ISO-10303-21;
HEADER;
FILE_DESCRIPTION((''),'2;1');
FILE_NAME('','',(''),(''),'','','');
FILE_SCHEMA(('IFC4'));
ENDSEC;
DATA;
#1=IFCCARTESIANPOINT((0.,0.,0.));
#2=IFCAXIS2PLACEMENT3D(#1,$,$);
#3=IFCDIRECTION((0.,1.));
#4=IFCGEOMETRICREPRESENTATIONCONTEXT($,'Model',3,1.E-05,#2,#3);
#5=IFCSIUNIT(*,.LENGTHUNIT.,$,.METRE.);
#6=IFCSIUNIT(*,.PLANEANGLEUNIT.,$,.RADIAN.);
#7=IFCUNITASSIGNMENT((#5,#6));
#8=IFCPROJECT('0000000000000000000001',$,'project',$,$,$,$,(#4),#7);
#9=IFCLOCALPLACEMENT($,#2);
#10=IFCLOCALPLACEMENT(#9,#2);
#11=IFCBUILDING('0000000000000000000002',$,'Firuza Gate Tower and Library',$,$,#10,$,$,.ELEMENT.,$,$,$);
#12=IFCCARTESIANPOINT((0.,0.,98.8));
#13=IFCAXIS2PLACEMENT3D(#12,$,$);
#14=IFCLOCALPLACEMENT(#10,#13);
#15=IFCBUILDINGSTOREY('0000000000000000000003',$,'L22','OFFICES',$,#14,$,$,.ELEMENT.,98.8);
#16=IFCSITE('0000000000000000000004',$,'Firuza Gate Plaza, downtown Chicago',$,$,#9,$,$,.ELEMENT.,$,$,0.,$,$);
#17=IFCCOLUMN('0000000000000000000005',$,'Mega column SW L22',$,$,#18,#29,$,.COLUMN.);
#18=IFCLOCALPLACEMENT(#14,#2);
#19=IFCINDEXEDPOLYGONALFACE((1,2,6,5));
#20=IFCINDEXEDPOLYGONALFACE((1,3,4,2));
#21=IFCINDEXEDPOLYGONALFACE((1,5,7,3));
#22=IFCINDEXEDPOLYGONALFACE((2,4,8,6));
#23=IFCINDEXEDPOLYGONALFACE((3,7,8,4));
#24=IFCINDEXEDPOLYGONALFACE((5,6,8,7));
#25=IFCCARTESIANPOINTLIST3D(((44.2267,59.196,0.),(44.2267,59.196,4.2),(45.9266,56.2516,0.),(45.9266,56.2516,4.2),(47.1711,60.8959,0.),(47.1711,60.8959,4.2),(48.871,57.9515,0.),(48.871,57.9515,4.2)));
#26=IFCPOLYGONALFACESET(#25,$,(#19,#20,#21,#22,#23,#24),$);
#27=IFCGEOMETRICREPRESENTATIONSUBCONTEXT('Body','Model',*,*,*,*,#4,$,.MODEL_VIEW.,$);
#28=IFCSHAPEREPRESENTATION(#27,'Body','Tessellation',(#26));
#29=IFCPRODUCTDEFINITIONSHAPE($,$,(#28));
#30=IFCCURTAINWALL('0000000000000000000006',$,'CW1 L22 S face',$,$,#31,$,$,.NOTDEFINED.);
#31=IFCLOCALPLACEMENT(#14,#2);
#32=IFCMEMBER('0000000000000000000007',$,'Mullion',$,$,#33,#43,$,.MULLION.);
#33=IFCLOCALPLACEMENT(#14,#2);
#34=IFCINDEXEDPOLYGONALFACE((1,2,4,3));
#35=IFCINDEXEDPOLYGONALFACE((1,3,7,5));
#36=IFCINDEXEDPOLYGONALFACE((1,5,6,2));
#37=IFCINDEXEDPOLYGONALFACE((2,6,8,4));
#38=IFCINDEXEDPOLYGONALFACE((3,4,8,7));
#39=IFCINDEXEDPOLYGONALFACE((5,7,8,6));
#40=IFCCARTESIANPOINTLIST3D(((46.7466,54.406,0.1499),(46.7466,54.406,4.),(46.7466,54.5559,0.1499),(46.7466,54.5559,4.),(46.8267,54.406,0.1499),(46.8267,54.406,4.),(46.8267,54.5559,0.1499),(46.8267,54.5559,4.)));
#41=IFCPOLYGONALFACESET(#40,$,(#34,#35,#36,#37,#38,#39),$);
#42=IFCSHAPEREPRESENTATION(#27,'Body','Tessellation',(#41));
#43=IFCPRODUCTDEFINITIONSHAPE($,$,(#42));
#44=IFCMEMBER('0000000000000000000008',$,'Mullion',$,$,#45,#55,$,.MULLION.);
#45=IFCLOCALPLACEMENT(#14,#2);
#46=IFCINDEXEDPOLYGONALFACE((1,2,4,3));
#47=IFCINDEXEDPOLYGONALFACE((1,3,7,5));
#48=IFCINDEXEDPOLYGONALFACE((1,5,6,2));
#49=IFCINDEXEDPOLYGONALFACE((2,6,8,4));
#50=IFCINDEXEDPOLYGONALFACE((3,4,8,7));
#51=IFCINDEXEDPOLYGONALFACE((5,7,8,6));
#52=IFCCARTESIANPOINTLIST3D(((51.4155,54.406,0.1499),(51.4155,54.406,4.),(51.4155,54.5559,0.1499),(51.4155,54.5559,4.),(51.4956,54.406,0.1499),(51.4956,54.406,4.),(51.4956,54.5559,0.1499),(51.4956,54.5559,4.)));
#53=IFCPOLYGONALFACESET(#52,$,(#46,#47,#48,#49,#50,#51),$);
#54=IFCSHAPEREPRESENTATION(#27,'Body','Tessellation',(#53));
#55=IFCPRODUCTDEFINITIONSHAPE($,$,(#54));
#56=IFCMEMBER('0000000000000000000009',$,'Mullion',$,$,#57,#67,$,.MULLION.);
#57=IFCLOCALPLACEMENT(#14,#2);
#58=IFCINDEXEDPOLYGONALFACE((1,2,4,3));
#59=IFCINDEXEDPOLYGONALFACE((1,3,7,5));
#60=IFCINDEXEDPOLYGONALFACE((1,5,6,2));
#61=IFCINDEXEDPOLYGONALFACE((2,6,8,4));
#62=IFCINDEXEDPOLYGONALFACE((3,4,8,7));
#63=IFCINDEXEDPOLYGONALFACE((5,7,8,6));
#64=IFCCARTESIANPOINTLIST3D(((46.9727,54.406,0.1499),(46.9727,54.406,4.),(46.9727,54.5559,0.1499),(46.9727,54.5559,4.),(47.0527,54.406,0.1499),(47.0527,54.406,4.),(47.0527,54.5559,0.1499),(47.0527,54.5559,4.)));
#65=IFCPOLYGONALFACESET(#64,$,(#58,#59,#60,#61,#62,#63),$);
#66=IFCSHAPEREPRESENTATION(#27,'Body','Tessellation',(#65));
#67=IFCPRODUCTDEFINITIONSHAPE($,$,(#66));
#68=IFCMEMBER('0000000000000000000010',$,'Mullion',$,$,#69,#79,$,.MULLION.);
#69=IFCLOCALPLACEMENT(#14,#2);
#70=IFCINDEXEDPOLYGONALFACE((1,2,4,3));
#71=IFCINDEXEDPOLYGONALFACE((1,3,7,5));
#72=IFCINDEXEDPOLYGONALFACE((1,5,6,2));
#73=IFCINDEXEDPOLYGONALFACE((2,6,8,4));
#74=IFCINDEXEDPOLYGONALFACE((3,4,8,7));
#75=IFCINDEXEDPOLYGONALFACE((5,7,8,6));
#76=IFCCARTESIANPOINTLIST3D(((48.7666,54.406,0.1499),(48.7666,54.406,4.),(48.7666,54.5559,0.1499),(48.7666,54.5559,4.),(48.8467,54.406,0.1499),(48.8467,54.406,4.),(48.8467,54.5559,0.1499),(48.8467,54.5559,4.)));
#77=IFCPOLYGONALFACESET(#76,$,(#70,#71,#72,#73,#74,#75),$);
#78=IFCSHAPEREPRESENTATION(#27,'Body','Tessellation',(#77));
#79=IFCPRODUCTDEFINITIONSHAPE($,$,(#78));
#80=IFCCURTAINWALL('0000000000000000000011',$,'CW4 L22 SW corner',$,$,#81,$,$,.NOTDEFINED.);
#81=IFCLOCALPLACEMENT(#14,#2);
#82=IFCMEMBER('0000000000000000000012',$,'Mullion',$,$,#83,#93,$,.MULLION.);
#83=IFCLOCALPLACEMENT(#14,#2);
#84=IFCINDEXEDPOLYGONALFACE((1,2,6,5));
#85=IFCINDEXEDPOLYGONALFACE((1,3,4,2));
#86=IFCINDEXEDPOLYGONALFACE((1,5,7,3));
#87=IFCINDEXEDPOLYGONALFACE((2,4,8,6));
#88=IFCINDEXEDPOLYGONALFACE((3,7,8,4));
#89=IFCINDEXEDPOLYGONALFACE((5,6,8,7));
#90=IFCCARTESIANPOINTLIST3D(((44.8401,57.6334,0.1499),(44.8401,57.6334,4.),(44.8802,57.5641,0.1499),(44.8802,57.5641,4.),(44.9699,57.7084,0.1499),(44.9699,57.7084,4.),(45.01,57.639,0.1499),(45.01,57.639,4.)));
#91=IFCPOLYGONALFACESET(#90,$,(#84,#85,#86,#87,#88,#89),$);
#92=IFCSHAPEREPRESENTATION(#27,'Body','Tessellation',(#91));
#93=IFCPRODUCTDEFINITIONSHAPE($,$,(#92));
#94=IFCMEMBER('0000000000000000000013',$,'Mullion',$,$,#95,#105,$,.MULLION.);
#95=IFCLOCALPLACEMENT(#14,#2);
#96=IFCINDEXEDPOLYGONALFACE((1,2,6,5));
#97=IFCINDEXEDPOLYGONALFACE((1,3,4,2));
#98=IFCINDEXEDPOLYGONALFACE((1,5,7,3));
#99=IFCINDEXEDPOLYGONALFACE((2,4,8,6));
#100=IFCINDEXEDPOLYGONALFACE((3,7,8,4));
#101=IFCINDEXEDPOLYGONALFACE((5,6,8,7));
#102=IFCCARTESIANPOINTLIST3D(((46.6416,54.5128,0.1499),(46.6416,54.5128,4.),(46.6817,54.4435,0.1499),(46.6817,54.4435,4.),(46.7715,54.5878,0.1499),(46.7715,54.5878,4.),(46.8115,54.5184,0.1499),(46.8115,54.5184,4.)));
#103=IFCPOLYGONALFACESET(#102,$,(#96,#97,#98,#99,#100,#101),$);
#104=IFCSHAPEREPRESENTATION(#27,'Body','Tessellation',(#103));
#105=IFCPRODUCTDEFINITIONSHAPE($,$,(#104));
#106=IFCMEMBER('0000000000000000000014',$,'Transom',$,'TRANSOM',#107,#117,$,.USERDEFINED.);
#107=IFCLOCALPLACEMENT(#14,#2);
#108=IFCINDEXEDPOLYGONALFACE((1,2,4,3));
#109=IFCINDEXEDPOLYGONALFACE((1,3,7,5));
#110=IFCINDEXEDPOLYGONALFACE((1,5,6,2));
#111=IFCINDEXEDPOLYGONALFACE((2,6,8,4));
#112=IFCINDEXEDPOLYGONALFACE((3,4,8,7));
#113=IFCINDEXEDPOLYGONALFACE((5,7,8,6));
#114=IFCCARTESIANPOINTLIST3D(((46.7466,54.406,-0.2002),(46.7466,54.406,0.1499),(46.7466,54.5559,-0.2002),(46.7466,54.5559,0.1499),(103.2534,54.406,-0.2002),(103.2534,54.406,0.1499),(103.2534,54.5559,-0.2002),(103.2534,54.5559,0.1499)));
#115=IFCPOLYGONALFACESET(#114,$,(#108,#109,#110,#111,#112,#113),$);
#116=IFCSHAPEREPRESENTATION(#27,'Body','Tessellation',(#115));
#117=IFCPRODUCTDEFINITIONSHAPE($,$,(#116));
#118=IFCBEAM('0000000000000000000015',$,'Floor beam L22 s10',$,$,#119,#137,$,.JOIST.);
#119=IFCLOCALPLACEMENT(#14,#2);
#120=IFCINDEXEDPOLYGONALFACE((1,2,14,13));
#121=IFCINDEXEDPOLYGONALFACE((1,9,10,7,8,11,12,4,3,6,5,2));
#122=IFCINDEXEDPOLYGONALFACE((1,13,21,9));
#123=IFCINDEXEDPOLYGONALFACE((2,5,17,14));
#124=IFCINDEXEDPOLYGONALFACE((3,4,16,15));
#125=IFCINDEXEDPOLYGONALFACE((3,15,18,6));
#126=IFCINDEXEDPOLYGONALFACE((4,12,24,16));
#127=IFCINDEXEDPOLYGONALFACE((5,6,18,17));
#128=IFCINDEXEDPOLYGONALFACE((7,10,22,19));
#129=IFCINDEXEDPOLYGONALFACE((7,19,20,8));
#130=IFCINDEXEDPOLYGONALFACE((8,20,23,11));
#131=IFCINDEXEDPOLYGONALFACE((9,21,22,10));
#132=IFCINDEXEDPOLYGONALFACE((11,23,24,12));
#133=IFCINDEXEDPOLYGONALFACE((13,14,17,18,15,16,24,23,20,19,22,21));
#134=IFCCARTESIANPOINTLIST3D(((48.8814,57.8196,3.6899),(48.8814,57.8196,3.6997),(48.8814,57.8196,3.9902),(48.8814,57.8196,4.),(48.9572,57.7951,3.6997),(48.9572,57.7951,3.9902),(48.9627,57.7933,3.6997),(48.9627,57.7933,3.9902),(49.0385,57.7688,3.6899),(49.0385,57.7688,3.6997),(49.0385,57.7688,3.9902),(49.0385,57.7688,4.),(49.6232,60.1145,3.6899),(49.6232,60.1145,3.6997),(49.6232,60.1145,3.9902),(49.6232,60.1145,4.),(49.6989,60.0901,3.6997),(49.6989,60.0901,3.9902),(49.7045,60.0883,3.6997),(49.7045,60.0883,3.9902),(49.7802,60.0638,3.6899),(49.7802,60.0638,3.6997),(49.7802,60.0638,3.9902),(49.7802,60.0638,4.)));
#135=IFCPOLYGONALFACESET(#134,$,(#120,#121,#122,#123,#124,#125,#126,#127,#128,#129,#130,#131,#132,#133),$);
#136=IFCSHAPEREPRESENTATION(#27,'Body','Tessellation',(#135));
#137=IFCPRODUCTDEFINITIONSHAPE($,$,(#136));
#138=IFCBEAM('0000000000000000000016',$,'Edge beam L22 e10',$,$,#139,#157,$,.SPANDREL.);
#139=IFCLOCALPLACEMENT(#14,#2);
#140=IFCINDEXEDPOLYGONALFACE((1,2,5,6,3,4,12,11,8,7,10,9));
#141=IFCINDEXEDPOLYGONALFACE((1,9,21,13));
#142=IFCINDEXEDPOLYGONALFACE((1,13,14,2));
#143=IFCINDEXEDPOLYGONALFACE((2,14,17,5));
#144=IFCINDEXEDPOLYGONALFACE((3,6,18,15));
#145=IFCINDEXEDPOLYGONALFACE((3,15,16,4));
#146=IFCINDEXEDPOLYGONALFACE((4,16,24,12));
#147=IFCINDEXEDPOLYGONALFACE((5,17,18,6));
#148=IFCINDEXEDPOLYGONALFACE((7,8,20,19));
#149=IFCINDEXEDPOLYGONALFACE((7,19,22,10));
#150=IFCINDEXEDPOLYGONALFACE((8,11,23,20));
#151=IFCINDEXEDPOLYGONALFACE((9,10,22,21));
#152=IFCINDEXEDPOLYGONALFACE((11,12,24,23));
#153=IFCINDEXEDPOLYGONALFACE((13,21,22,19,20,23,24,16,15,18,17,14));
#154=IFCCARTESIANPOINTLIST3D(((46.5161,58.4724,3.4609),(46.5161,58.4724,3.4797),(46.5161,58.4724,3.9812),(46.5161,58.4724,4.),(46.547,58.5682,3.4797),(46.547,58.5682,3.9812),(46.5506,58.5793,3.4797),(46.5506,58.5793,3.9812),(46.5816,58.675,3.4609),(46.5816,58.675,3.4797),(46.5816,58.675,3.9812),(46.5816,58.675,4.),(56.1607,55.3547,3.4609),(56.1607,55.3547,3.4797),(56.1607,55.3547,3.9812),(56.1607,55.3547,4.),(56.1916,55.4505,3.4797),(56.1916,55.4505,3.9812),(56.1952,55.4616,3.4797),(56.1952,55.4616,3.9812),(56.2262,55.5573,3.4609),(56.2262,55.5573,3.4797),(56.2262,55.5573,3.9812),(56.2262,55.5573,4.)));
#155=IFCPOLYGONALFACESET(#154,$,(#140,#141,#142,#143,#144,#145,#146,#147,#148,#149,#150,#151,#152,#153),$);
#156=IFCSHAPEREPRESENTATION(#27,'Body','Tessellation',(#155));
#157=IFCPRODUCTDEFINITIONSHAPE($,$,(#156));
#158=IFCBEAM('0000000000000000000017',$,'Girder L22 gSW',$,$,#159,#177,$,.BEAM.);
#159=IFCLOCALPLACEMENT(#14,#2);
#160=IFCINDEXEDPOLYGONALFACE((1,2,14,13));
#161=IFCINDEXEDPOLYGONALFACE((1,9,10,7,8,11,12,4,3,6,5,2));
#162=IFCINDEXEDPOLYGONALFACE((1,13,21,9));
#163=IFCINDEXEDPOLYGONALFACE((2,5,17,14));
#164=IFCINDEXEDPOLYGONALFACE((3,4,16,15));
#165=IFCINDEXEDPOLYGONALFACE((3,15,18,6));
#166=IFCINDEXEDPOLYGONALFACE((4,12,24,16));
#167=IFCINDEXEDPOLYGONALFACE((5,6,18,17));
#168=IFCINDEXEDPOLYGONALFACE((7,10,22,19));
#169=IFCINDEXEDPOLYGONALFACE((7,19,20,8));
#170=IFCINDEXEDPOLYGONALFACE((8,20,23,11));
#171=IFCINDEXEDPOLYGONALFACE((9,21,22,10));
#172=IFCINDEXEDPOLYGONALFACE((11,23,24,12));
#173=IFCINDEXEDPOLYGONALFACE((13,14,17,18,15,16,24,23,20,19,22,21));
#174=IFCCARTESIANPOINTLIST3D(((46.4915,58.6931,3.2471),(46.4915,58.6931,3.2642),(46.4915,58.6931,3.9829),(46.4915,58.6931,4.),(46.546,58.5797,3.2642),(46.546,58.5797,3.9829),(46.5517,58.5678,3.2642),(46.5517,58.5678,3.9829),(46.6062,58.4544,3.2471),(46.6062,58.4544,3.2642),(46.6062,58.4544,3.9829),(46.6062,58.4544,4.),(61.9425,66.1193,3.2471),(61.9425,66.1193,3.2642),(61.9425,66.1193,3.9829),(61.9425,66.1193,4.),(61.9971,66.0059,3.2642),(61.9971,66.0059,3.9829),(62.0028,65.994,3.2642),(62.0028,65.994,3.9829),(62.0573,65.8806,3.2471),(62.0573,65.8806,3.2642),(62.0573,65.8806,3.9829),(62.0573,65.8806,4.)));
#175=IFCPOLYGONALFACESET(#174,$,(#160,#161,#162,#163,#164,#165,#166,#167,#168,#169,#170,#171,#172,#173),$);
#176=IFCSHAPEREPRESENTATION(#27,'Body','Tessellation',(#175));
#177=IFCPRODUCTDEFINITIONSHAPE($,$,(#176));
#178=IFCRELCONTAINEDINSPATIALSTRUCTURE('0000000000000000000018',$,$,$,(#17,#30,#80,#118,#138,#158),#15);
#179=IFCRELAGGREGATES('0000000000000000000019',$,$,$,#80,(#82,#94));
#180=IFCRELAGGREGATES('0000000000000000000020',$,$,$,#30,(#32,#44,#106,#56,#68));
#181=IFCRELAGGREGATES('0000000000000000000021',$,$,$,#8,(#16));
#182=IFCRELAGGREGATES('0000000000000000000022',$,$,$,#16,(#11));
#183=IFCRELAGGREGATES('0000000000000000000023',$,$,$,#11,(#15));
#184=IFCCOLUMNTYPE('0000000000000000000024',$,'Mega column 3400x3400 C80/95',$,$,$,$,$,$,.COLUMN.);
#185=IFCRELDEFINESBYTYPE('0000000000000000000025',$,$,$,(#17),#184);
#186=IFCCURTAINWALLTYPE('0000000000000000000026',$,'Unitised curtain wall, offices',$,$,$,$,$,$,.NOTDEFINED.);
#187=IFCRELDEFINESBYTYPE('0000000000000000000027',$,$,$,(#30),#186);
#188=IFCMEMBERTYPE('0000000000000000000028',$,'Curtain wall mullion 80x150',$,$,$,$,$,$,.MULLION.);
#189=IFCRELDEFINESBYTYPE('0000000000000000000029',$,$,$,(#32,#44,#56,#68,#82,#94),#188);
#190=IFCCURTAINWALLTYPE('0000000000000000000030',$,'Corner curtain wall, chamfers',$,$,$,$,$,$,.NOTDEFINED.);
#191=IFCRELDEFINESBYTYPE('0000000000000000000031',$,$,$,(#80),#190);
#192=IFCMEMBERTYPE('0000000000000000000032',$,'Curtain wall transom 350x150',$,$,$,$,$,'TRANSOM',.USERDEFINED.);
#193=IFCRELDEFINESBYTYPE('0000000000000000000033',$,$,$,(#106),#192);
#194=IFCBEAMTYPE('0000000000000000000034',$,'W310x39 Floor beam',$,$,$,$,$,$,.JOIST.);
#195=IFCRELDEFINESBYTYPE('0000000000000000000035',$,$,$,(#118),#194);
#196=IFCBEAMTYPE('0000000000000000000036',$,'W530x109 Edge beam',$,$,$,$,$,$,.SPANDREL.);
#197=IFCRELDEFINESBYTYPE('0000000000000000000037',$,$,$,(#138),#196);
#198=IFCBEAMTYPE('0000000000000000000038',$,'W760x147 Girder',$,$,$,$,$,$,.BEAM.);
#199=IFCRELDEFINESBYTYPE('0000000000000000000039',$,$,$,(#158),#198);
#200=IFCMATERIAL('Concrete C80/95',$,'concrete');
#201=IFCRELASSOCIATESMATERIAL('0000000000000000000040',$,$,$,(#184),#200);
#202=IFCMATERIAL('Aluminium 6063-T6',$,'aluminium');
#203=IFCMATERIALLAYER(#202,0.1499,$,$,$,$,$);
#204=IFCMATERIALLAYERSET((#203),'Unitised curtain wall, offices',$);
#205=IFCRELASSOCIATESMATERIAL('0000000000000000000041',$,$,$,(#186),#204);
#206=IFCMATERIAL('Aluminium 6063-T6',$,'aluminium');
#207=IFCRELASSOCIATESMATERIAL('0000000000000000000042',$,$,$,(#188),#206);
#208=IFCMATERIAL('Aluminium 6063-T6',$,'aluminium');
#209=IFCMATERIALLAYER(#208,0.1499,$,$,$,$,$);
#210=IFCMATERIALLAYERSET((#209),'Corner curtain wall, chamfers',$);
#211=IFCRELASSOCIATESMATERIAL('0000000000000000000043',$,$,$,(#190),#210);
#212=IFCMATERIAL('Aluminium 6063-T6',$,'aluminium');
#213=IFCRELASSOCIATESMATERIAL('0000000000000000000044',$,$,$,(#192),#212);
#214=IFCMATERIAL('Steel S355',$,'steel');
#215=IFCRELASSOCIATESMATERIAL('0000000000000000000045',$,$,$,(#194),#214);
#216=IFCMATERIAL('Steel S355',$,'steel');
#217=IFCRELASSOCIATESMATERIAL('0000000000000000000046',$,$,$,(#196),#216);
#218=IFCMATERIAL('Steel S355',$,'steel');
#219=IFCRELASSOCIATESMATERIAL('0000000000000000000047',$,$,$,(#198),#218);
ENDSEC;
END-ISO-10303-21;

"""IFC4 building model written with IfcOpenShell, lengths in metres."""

from ifc_helpers import new_model, si_unit, direction, frame, origin, origin_2d, place, context, subcontext, project, spatial, rectangle, i_section, extrude, material, layer, layer_set, material_profile, profile_set, type_object, element, aggregate, save


model = new_model("IFC4")

# Units and contexts
model_context = context("Model", 3, precision=1e-05, world=origin(), true_north=direction((0.0, 1.0)))
body_context = subcontext(model_context, "Body", "Model", "MODEL_VIEW")
ifc_project = project(units=[si_unit("LENGTHUNIT", "METRE"), si_unit("PLANEANGLEUNIT", "RADIAN")], contexts=[model_context])

# Site, building, storey
site_placement = place(None, origin())
site = spatial("IfcSite", under=ifc_project, at=site_placement, Name="Firuza Gate Plaza, downtown Chicago", CompositionType="ELEMENT", RefElevation=0.0)
building_placement = place(site_placement, origin())
building = spatial("IfcBuilding", under=site, at=building_placement, Name="Firuza Gate Tower and Library", CompositionType="ELEMENT")
storey_placement = place(building_placement, frame((0.0, 0.0, 98.8)))
storey = spatial("IfcBuildingStorey", under=building, at=storey_placement, Name="L22", Description="OFFICES", CompositionType="ELEMENT", Elevation=98.8)

# Column
ifc_material_1 = material(Name="Concrete C80/95", Category="concrete")
ifc_material_profile_1 = material_profile(ifc_material_1, rectangle(XDim=3.3999, YDim=3.3999, at=origin_2d()))
ifc_profile_set_1 = profile_set([ifc_material_profile_1], Name="Concrete C80/95")
column_type = type_object("IfcColumnType", Name="Mega column 3400x3400 C80/95", PredefinedType="COLUMN", material=ifc_profile_set_1)
column_placement = place(storey_placement, frame((46.5488, 58.5737, 0.0), z_axis=(0.0, 0.0, 1.0), x_axis=(0.5, -0.866025, 0.0)))
element("IfcColumn", 1, at=column_placement, inside=storey, type_object=column_type, Name="Mega column SW L22", PredefinedType="COLUMN", context=body_context, shape_type="SweptSolid", body=[
    extrude(rectangle(XDim=3.3999, YDim=3.3999, at=origin_2d()), origin(), (0.0, 0.0, 1.0), 4.2),
])

# Curtain walls, members
ifc_material_2 = material(Name="Aluminium 6063-T6", Category="aluminium")
ifc_layer_1 = layer(ifc_material_2, 0.1499)
ifc_layer_set_1 = layer_set([ifc_layer_1], Name="Unitised curtain wall, offices")
curtain_wall_type_1 = type_object("IfcCurtainWallType", Name="Unitised curtain wall, offices", PredefinedType="NOTDEFINED", material=ifc_layer_set_1)
placement_1 = place(storey_placement, origin())
curtain_wall_1 = element("IfcCurtainWall", 2, at=placement_1, inside=storey, type_object=curtain_wall_type_1, Name="CW1 L22 S face", PredefinedType="NOTDEFINED")
ifc_material_3 = material(Name="Aluminium 6063-T6", Category="aluminium")
ifc_material_profile_2 = material_profile(ifc_material_3, rectangle(XDim=0.1499, YDim=0.0801, at=origin_2d()))
ifc_profile_set_2 = profile_set([ifc_material_profile_2], Name="Aluminium 6063-T6")
member_type_1 = type_object("IfcMemberType", Name="Curtain wall mullion 80x150", PredefinedType="MULLION", material=ifc_profile_set_2)
member_1_placement = place(storey_placement, frame((46.7866, 54.481, 0.1499), z_axis=(0.0, 0.0, 1.0), x_axis=(0.0, 1.0, 0.0)))
member_1 = element("IfcMember", 3, at=member_1_placement, type_object=member_type_1, Name="Mullion", PredefinedType="MULLION", context=body_context, shape_type="SweptSolid", body=[
    extrude(rectangle(XDim=0.1499, YDim=0.0801, at=origin_2d()), origin(), (0.0, 0.0, 1.0), 3.8501),
])
member_2_placement = place(storey_placement, frame((51.4556, 54.481, 0.1499), z_axis=(0.0, 0.0, 1.0), x_axis=(0.0, 1.0, 0.0)))
member_2 = element("IfcMember", 4, at=member_2_placement, type_object=member_type_1, Name="Mullion", PredefinedType="MULLION", context=body_context, shape_type="SweptSolid", body=[
    extrude(rectangle(XDim=0.1499, YDim=0.0801, at=origin_2d()), origin(), (0.0, 0.0, 1.0), 3.8501),
])
member_3_placement = place(storey_placement, frame((47.0127, 54.481, 0.1499), z_axis=(0.0, 0.0, 1.0), x_axis=(0.0, 1.0, 0.0)))
member_3 = element("IfcMember", 5, at=member_3_placement, type_object=member_type_1, Name="Mullion", PredefinedType="MULLION", context=body_context, shape_type="SweptSolid", body=[
    extrude(rectangle(XDim=0.1499, YDim=0.0801, at=origin_2d()), origin(), (0.0, 0.0, 1.0), 3.8501),
])
member_4_placement = place(storey_placement, frame((48.8066, 54.481, 0.1499), z_axis=(0.0, 0.0, 1.0), x_axis=(0.0, 1.0, 0.0)))
member_4 = element("IfcMember", 6, at=member_4_placement, type_object=member_type_1, Name="Mullion", PredefinedType="MULLION", context=body_context, shape_type="SweptSolid", body=[
    extrude(rectangle(XDim=0.1499, YDim=0.0801, at=origin_2d()), origin(), (0.0, 0.0, 1.0), 3.8501),
])
ifc_material_4 = material(Name="Aluminium 6063-T6", Category="aluminium")
ifc_layer_2 = layer(ifc_material_4, 0.1499)
ifc_layer_set_2 = layer_set([ifc_layer_2], Name="Corner curtain wall, chamfers")
curtain_wall_type_2 = type_object("IfcCurtainWallType", Name="Corner curtain wall, chamfers", PredefinedType="NOTDEFINED", material=ifc_layer_set_2)
curtain_wall_2 = element("IfcCurtainWall", 7, at=placement_1, inside=storey, type_object=curtain_wall_type_2, Name="CW4 L22 SW corner", PredefinedType="NOTDEFINED")
member_5_placement = place(storey_placement, frame((44.925, 57.6362, 0.1499), z_axis=(0.0, 0.0, 1.0), x_axis=(0.866025, 0.5, 0.0)))
member_5 = element("IfcMember", 8, at=member_5_placement, type_object=member_type_1, Name="Mullion", PredefinedType="MULLION", context=body_context, shape_type="SweptSolid", body=[
    extrude(rectangle(XDim=0.1499, YDim=0.0801, at=origin_2d()), origin(), (0.0, 0.0, 1.0), 3.8501),
])
member_6_placement = place(storey_placement, frame((46.7266, 54.5156, 0.1499), z_axis=(0.0, 0.0, 1.0), x_axis=(0.866025, 0.5, 0.0)))
member_6 = element("IfcMember", 9, at=member_6_placement, type_object=member_type_1, Name="Mullion", PredefinedType="MULLION", context=body_context, shape_type="SweptSolid", body=[
    extrude(rectangle(XDim=0.1499, YDim=0.0801, at=origin_2d()), origin(), (0.0, 0.0, 1.0), 3.8501),
])

# Member
ifc_material_5 = material(Name="Aluminium 6063-T6", Category="aluminium")
ifc_material_profile_3 = material_profile(ifc_material_5, rectangle(XDim=0.1499, YDim=0.3501, at=origin_2d()))
ifc_profile_set_3 = profile_set([ifc_material_profile_3], Name="Aluminium 6063-T6")
member_type_2 = type_object("IfcMemberType", Name="Curtain wall transom 350x150", ElementType="TRANSOM", PredefinedType="USERDEFINED", material=ifc_profile_set_3)
member_7_placement = place(storey_placement, frame((46.7466, 54.481, -0.0251), z_axis=(1.0, 0.0, 0.0), x_axis=(0.0, 1.0, 0.0)))
member_7 = element("IfcMember", 10, at=member_7_placement, type_object=member_type_2, Name="Transom", ObjectType="TRANSOM", PredefinedType="USERDEFINED", context=body_context, shape_type="SweptSolid", body=[
    extrude(rectangle(XDim=0.1499, YDim=0.3501, at=origin_2d()), origin(), (0.0, 0.0, 1.0), 56.5068),
])

# Beams
ifc_material_6 = material(Name="Steel S355", Category="steel")
ifc_material_profile_4 = material_profile(ifc_material_6, i_section(OverallWidth=0.165, OverallDepth=0.3101, WebThickness=0.0059, FlangeThickness=0.0098, at=origin_2d()))
ifc_profile_set_4 = profile_set([ifc_material_profile_4], Name="Steel S355")
beam_type_1 = type_object("IfcBeamType", Name="W310x39 Floor beam", PredefinedType="JOIST", material=ifc_profile_set_4)
beam_1_placement = place(storey_placement, frame((48.96, 57.7942, 3.845), z_axis=(0.307529, 0.951539, 0.0), x_axis=(-0.951539, 0.307529, 0.0)))
element("IfcBeam", 11, at=beam_1_placement, inside=storey, type_object=beam_type_1, Name="Floor beam L22 s10", PredefinedType="JOIST", context=body_context, shape_type="SweptSolid", body=[
    extrude(i_section(OverallWidth=0.165, OverallDepth=0.3101, WebThickness=0.0059, FlangeThickness=0.0098, at=origin_2d()), origin(), (0.0, 0.0, 1.0), 2.4119),
])
ifc_material_7 = material(Name="Steel S355", Category="steel")
ifc_material_profile_5 = material_profile(ifc_material_7, i_section(OverallWidth=0.2129, OverallDepth=0.5391, WebThickness=0.0117, FlangeThickness=0.0188, at=origin_2d()))
ifc_profile_set_5 = profile_set([ifc_material_profile_5], Name="Steel S355")
beam_type_2 = type_object("IfcBeamType", Name="W530x109 Edge beam", PredefinedType="SPANDREL", material=ifc_profile_set_5)
beam_2_placement = place(storey_placement, frame((46.5488, 58.5737, 3.7305), z_axis=(0.95152, -0.307587, 0.0), x_axis=(0.307587, 0.95152, 0.0)))
element("IfcBeam", 12, at=beam_2_placement, inside=storey, type_object=beam_type_2, Name="Edge beam L22 e10", PredefinedType="SPANDREL", context=body_context, shape_type="SweptSolid", body=[
    extrude(i_section(OverallWidth=0.2129, OverallDepth=0.5391, WebThickness=0.0117, FlangeThickness=0.0188, at=origin_2d()), origin(), (0.0, 0.0, 1.0), 10.136),
])
ifc_material_8 = material(Name="Steel S355", Category="steel")
ifc_material_profile_6 = material_profile(ifc_material_8, i_section(OverallWidth=0.2649, OverallDepth=0.7529, WebThickness=0.0132, FlangeThickness=0.0171, at=origin_2d()))
ifc_profile_set_6 = profile_set([ifc_material_profile_6], Name="Steel S355")
beam_type_3 = type_object("IfcBeamType", Name="W760x147 Girder", PredefinedType="BEAM", material=ifc_profile_set_6)
beam_3_placement = place(storey_placement, frame((46.5488, 58.5737, 3.6235), z_axis=(0.901302, 0.433191, 0.0), x_axis=(-0.433191, 0.901302, 0.0)))
element("IfcBeam", 13, at=beam_3_placement, inside=storey, type_object=beam_type_3, Name="Girder L22 gSW", PredefinedType="BEAM", context=body_context, shape_type="SweptSolid", body=[
    extrude(i_section(OverallWidth=0.2649, OverallDepth=0.7529, WebThickness=0.0132, FlangeThickness=0.0171, at=origin_2d()), origin(), (0.0, 0.0, 1.0), 17.1431),
])

aggregate(curtain_wall_2, [member_5, member_6])
aggregate(curtain_wall_1, [member_1, member_2, member_7, member_3, member_4])

save(model, "model.ifc")
